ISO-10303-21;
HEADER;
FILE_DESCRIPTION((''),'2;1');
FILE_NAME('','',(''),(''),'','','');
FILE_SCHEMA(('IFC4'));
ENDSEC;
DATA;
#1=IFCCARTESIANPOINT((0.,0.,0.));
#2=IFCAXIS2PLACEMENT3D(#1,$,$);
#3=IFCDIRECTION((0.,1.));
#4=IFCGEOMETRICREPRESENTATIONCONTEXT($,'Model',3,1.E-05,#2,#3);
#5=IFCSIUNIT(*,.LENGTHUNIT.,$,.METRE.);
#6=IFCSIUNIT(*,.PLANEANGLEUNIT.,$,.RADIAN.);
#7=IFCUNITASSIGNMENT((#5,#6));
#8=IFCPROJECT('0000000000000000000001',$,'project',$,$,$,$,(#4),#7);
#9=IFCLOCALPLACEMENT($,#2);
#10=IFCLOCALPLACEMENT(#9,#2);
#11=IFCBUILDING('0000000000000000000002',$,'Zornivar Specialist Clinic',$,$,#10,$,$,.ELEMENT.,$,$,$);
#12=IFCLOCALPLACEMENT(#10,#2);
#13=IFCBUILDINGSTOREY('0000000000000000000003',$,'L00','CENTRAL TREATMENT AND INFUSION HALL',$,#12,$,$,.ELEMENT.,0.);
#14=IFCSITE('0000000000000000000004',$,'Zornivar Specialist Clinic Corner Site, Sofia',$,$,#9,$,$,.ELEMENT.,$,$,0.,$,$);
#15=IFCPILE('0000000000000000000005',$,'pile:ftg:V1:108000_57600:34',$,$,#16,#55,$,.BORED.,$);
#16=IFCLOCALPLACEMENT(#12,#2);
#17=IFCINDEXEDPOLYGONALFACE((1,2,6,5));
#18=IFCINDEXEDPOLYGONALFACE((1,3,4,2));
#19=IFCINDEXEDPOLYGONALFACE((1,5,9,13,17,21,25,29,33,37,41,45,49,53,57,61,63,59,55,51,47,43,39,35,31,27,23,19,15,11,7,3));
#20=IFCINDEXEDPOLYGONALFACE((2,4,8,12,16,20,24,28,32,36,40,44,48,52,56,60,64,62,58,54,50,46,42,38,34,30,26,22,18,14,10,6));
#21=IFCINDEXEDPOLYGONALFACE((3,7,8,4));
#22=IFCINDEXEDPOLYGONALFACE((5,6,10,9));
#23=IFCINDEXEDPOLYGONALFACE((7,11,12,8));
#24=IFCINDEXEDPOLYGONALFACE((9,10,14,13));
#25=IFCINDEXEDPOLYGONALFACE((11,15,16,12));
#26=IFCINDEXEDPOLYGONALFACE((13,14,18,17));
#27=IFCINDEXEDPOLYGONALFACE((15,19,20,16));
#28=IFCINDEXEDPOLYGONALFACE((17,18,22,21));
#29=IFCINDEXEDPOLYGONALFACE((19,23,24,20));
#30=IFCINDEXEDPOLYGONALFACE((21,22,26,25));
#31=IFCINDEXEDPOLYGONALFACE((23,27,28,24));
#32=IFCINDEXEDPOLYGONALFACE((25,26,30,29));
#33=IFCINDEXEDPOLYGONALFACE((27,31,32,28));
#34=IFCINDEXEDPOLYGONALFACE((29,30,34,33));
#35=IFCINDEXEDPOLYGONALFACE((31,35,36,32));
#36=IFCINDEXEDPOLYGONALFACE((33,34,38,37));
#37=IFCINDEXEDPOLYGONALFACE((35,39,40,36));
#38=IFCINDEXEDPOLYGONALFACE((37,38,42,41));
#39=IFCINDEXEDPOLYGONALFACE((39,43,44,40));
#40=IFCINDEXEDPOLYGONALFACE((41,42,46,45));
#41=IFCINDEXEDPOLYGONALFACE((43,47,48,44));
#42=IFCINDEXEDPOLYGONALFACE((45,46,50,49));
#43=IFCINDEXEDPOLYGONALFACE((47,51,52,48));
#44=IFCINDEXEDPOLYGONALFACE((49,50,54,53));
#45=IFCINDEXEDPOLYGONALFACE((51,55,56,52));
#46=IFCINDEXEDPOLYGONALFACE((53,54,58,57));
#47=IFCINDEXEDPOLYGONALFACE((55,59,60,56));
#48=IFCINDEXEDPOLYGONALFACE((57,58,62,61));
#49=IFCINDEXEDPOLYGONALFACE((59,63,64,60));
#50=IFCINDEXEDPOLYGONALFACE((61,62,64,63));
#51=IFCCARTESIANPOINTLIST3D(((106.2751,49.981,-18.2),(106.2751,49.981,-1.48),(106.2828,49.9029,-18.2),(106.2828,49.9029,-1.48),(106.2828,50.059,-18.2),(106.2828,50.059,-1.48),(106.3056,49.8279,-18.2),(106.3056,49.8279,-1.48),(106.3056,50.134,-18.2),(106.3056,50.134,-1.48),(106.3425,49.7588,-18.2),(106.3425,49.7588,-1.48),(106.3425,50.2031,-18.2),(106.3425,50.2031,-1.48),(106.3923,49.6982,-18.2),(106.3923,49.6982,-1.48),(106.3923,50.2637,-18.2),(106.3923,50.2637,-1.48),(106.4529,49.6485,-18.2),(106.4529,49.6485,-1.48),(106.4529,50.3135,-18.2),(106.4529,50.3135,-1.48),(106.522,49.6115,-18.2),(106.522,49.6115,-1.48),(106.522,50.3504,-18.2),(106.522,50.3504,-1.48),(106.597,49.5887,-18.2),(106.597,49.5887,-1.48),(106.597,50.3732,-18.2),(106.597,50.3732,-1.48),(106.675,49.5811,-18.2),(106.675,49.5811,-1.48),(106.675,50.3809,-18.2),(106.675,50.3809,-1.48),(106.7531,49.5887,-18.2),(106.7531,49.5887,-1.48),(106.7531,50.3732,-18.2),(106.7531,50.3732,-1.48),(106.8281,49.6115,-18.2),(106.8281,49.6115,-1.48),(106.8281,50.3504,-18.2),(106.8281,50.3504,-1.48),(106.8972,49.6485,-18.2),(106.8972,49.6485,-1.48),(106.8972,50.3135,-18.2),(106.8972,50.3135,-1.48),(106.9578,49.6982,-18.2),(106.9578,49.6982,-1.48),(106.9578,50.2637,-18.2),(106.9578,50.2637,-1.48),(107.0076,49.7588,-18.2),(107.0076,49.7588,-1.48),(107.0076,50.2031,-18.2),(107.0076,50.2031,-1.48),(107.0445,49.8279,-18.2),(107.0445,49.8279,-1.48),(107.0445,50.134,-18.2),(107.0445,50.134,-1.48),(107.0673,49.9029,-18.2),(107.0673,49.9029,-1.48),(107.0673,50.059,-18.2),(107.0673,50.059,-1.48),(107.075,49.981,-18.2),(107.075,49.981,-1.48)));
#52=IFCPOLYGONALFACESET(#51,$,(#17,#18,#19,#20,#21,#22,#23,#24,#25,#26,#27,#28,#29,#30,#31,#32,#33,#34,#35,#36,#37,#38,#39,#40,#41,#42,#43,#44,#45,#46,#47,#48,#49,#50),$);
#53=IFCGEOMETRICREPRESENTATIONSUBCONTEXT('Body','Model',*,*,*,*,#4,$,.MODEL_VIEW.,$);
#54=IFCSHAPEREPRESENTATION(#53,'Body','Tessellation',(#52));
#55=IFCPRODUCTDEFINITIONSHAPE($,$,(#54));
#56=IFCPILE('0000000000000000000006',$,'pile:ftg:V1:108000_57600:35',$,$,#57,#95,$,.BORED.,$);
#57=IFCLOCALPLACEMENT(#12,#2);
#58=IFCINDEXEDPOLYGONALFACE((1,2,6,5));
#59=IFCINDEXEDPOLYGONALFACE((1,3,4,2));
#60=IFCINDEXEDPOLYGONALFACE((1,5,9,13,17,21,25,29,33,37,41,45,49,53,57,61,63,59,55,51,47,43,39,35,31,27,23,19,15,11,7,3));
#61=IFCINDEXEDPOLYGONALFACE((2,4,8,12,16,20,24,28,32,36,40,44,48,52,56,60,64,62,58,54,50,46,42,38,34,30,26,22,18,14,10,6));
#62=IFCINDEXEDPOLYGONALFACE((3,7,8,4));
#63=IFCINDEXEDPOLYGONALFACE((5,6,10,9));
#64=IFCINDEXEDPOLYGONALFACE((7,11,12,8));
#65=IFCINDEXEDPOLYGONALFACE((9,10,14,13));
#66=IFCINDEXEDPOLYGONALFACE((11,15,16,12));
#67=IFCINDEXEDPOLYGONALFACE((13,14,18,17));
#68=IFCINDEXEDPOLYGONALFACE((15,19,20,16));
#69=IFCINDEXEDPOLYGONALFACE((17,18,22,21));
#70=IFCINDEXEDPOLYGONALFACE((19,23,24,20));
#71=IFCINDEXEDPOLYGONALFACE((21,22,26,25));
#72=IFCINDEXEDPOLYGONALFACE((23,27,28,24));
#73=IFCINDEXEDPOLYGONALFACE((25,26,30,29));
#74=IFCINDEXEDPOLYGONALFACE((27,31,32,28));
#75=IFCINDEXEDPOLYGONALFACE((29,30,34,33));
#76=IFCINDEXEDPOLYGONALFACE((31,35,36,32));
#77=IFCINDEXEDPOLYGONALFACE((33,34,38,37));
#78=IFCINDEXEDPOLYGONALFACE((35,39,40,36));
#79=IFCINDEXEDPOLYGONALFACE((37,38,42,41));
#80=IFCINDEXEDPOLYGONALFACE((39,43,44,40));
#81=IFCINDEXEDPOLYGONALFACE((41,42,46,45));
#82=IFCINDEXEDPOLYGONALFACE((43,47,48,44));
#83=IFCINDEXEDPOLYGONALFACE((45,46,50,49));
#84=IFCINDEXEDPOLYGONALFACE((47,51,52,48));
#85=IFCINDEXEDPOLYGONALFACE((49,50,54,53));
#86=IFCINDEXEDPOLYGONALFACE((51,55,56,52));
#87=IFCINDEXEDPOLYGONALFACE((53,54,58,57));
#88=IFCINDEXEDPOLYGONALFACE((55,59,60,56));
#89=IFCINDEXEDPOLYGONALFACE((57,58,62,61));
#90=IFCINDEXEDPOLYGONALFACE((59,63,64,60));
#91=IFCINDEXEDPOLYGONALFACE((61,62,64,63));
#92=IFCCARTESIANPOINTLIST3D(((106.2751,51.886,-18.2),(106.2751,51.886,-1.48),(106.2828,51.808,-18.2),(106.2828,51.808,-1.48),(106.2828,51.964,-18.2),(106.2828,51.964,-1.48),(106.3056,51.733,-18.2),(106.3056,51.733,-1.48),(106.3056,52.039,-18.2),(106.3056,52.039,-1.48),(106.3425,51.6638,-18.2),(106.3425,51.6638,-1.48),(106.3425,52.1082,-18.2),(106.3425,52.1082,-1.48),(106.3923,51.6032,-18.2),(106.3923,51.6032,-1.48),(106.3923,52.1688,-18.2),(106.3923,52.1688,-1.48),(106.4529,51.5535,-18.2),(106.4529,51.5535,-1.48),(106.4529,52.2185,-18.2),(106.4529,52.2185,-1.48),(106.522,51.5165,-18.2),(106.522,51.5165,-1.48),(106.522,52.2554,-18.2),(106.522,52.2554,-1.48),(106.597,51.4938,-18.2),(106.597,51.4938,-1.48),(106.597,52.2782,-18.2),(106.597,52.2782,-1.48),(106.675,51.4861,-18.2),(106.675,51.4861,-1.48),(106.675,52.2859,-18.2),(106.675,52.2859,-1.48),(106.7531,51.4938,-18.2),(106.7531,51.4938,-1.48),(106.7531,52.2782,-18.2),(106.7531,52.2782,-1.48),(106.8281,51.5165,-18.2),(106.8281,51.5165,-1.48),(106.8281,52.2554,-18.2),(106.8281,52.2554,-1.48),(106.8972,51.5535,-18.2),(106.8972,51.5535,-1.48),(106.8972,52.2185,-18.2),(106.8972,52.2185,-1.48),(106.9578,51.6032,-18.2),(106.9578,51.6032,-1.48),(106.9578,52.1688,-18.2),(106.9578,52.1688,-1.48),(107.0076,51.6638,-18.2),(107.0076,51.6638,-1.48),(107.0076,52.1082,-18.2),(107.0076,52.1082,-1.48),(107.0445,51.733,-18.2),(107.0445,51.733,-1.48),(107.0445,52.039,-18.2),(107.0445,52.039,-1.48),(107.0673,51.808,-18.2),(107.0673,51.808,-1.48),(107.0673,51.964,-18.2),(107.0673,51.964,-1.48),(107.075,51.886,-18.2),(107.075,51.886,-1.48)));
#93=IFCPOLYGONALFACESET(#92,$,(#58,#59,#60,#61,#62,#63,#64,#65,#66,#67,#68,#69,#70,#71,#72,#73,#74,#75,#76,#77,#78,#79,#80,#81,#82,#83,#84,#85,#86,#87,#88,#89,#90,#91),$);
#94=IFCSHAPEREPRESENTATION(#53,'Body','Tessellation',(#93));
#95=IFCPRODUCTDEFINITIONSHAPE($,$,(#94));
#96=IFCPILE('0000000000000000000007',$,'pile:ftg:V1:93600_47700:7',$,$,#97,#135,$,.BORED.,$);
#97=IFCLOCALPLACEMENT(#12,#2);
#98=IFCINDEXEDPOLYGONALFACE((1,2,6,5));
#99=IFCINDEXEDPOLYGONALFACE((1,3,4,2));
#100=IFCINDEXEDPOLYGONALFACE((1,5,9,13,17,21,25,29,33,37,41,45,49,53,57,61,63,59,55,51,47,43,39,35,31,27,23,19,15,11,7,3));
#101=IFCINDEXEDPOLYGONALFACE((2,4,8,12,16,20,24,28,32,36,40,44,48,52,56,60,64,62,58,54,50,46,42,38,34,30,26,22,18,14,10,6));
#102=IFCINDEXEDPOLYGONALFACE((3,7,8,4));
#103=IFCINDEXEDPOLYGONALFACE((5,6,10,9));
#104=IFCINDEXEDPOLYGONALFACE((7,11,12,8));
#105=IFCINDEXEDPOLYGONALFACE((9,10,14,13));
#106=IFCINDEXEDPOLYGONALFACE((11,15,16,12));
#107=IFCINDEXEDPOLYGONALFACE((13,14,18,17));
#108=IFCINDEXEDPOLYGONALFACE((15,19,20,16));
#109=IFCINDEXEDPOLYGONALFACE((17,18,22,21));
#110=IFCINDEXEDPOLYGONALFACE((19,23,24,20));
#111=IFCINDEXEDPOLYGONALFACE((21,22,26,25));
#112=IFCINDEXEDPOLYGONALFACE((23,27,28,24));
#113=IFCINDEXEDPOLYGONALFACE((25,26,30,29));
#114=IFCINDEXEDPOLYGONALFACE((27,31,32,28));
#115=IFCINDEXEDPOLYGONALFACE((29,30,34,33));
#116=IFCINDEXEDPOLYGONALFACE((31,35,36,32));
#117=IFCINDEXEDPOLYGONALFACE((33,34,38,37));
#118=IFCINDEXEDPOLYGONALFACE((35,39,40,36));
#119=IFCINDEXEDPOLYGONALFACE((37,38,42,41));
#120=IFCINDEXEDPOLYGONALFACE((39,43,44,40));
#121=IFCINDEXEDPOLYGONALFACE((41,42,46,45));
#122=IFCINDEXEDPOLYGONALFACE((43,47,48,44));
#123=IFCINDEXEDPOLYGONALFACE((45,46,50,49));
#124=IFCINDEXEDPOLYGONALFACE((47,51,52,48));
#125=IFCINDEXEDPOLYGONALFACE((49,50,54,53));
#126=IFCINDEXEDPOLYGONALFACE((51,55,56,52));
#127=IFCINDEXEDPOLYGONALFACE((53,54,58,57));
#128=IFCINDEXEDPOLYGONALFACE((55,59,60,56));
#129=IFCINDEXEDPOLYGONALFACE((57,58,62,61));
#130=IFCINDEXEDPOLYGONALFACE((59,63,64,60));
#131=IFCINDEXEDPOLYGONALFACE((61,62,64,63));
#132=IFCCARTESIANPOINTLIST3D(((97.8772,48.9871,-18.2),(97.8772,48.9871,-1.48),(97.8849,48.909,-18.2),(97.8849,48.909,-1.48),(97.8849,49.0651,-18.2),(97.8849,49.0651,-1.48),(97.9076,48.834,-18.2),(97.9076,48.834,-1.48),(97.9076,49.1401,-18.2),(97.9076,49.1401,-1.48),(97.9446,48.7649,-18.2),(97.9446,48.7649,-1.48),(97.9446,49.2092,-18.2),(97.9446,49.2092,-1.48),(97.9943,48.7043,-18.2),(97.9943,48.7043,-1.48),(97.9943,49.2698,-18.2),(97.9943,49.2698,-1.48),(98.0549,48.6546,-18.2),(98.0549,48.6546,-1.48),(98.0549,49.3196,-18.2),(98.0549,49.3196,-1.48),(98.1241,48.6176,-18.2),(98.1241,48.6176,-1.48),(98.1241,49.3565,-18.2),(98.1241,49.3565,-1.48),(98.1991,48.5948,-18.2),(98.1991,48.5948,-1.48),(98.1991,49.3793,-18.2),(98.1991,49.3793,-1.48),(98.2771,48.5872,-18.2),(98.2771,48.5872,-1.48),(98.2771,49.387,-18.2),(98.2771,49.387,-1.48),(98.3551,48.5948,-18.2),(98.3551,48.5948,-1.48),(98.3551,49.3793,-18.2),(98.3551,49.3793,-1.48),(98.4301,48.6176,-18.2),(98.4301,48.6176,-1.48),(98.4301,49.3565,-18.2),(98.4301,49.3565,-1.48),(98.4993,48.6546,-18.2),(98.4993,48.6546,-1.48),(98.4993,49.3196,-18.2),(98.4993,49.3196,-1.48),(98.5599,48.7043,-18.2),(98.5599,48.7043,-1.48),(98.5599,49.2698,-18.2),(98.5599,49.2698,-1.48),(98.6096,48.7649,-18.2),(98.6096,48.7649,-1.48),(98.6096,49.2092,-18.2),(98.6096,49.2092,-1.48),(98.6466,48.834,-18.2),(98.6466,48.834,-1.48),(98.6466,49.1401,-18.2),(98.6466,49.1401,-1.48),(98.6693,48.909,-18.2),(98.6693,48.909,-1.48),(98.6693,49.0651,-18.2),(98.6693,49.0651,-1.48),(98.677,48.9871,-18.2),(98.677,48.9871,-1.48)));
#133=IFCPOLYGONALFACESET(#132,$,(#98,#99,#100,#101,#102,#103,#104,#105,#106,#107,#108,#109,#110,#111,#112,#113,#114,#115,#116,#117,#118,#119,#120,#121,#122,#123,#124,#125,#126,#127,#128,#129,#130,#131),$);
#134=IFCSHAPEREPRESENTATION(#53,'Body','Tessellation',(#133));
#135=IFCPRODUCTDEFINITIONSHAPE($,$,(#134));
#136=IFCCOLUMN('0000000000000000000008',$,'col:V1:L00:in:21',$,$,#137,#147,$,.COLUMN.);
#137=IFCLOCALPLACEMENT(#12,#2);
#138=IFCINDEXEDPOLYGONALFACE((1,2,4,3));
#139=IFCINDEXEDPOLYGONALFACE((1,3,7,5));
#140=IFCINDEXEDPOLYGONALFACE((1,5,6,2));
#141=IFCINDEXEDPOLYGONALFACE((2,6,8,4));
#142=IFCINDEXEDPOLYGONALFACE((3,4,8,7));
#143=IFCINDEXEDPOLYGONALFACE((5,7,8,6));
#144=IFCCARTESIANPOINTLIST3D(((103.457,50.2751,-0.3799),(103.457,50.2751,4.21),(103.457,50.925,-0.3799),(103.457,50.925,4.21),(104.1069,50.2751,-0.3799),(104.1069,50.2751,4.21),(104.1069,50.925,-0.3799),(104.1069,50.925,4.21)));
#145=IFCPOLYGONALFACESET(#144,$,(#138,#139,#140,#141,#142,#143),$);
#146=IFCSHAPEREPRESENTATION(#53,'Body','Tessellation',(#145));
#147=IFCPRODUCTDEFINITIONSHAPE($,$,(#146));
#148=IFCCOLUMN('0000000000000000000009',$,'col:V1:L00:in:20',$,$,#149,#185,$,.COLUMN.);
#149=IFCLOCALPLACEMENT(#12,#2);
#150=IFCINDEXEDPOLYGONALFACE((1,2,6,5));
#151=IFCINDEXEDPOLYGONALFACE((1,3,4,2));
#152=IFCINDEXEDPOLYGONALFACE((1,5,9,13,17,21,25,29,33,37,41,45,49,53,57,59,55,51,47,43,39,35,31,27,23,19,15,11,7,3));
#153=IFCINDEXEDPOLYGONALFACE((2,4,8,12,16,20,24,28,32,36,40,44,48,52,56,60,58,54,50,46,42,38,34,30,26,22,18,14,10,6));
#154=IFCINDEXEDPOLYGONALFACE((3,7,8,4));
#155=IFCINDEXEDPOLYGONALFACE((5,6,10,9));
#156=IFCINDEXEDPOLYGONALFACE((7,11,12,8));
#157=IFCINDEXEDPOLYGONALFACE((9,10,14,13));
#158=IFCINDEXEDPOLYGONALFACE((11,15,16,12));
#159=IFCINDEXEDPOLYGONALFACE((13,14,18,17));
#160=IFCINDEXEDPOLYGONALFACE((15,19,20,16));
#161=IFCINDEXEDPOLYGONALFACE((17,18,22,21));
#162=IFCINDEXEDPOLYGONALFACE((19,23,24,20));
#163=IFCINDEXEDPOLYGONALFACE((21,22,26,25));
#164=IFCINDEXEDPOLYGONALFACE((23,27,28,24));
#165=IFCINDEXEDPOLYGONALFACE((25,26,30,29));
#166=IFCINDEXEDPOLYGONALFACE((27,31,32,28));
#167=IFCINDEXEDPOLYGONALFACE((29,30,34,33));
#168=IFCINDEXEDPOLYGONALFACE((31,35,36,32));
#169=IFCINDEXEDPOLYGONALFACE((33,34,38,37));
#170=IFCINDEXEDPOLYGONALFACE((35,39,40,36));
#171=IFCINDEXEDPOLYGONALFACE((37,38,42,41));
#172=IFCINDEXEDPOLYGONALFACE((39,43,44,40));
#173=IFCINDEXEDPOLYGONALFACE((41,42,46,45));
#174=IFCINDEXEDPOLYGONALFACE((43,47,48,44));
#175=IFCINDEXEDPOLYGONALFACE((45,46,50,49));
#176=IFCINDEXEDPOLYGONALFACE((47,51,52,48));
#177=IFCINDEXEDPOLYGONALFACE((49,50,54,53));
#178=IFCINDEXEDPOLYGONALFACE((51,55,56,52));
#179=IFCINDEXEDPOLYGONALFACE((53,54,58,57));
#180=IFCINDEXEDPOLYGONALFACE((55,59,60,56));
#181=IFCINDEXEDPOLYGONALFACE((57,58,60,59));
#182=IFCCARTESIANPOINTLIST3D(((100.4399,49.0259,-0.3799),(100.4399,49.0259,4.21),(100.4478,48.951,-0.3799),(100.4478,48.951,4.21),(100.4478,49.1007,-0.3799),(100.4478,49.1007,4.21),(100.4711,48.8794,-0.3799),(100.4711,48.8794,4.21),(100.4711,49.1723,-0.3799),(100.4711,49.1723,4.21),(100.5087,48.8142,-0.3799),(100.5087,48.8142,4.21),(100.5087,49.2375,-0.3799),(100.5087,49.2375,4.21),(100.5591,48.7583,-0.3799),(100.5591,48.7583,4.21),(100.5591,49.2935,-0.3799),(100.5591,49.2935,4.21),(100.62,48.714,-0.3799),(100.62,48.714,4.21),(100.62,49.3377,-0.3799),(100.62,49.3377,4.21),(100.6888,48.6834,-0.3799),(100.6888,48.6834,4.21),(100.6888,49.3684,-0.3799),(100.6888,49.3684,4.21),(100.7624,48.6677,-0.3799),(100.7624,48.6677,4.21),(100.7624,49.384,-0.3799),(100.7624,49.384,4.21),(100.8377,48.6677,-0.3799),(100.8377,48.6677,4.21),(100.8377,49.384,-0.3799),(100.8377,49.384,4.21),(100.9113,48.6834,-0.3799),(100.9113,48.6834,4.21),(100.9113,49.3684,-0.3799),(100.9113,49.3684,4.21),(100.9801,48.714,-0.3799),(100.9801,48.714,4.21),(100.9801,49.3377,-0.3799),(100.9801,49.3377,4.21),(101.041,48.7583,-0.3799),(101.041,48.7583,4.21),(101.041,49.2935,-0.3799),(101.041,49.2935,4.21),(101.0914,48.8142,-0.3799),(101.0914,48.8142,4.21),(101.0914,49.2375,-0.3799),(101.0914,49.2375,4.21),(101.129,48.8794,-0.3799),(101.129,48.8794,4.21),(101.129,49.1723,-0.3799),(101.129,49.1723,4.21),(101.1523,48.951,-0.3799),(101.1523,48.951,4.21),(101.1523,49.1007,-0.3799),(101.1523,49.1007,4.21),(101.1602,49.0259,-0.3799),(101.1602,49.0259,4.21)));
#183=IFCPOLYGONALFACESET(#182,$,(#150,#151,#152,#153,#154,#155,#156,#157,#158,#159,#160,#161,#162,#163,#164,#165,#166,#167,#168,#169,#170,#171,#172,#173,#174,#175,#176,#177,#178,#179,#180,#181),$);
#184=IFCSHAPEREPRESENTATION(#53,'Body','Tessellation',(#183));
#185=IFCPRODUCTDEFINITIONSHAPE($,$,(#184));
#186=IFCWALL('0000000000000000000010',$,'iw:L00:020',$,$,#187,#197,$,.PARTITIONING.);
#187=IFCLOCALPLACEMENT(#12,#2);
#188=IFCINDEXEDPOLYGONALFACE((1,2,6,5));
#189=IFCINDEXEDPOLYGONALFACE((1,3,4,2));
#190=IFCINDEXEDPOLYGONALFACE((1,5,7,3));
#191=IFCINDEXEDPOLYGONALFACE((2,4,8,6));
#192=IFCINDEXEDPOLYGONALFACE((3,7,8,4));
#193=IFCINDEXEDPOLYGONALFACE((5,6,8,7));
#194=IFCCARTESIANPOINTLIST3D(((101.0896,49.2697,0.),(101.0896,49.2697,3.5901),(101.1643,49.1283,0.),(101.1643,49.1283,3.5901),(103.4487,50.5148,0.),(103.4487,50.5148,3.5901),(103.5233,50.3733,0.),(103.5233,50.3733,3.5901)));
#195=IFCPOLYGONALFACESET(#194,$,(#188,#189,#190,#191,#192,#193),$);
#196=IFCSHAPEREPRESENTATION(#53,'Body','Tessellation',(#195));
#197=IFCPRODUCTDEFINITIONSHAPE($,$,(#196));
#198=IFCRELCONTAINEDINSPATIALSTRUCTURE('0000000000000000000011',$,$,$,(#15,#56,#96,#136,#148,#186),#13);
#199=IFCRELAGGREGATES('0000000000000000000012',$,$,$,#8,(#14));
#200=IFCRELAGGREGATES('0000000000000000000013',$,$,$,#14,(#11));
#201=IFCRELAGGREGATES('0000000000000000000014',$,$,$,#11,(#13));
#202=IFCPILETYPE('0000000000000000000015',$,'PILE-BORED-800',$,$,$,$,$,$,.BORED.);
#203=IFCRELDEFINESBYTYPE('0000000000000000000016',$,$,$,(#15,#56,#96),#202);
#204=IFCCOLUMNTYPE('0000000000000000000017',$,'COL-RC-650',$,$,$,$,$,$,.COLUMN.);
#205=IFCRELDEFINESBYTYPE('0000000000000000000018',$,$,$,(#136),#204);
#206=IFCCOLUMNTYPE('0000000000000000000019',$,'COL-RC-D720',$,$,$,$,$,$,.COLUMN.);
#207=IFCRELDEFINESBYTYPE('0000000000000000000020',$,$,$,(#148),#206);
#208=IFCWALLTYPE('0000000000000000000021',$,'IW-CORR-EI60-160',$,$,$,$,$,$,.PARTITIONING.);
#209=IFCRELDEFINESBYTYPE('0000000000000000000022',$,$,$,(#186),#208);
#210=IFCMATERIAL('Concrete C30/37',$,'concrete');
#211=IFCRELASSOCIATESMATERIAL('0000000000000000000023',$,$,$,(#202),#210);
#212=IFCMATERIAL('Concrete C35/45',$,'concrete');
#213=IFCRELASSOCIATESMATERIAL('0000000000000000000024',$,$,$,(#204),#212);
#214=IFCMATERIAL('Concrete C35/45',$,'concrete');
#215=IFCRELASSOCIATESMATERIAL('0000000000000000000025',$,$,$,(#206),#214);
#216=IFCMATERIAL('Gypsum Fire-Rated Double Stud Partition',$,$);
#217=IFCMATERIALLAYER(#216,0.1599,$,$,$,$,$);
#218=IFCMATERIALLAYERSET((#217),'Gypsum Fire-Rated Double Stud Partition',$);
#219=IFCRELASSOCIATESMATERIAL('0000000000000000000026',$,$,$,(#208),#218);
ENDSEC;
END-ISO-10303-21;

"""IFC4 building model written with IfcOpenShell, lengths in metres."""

from ifc_helpers import new_model, si_unit, direction, frame, frame_2d, origin, origin_2d, place, context, subcontext, project, spatial, rectangle, circle, extrude, material, layer, layer_set, material_profile, profile_set, type_object, element, save


model = new_model("IFC4")

# Units and contexts
model_context = context("Model", 3, precision=1e-05, world=origin(), true_north=direction((0.0, 1.0)))
body_context = subcontext(model_context, "Body", "Model", "MODEL_VIEW")
ifc_project = project(units=[si_unit("LENGTHUNIT", "METRE"), si_unit("PLANEANGLEUNIT", "RADIAN")], contexts=[model_context])

# Site, building, storey
site_placement = place(None, origin())
site = spatial("IfcSite", under=ifc_project, at=site_placement, Name="Zornivar Specialist Clinic Corner Site, Sofia", CompositionType="ELEMENT", RefElevation=0.0)
building_placement = place(site_placement, origin())
building = spatial("IfcBuilding", under=site, at=building_placement, Name="Zornivar Specialist Clinic", CompositionType="ELEMENT")
storey_placement = place(building_placement, origin())
storey = spatial("IfcBuildingStorey", under=building, at=storey_placement, Name="L00", Description="CENTRAL TREATMENT AND INFUSION HALL", CompositionType="ELEMENT", Elevation=0.0)

# Piles
ifc_material_1 = material(Name="Concrete C30/37", Category="concrete")
ifc_material_profile_1 = material_profile(ifc_material_1, circle(Radius=0.3999, at=origin_2d()), Name="PILE D800")
ifc_profile_set_1 = profile_set([ifc_material_profile_1], Name="Concrete C30/37")
pile_type = type_object("IfcPileType", Name="PILE-BORED-800", PredefinedType="BORED", material=ifc_profile_set_1)
for number, where, z_axis, x_axis, name in (
    (1, (106.675, 49.981, -1.48), (0.0, 0.0, -1.0), (1.0, 0.0, 0.0), "pile:ftg:V1:108000_57600:34"),
    (2, (106.675, 51.886, -1.48), (0.0, 0.0, -1.0), (1.0, 0.0, 0.0), "pile:ftg:V1:108000_57600:35"),
    (3, (98.2771, 48.9871, -1.48), (0.0, 0.0, -1.0), (1.0, 0.0, 0.0), "pile:ftg:V1:93600_47700:7"),
):
    element("IfcPile", number, at=place(storey_placement, frame(where, z_axis=z_axis, x_axis=x_axis)), inside=storey, type_object=pile_type, Name=name, PredefinedType="BORED", context=body_context, shape_type="SweptSolid", body=[
        extrude(circle(Radius=0.3999, at=origin_2d()), origin(), (0.0, 0.0, 1.0), 16.72),
    ])

# Columns
ifc_material_2 = material(Name="Concrete C35/45", Category="concrete")
ifc_material_profile_2 = material_profile(ifc_material_2, rectangle(XDim=0.6499, YDim=0.6499, at=origin_2d()), Name="RC 650x650")
ifc_profile_set_2 = profile_set([ifc_material_profile_2], Name="Concrete C35/45")
column_type_1 = type_object("IfcColumnType", Name="COL-RC-650", PredefinedType="COLUMN", material=ifc_profile_set_2)
column_1_placement = place(storey_placement, frame((103.782, 50.6001, -0.3799), z_axis=(0.0, 0.0, 1.0), x_axis=(1.0, 0.0, 0.0)))
element("IfcColumn", 4, at=column_1_placement, inside=storey, type_object=column_type_1, Name="col:V1:L00:in:21", PredefinedType="COLUMN", context=body_context, shape_type="SweptSolid", body=[
    extrude(rectangle(XDim=0.6499, YDim=0.6499, at=origin_2d()), origin(), (0.0, 0.0, 1.0), 4.5898),
])
ifc_material_3 = material(Name="Concrete C35/45", Category="concrete")
ifc_material_profile_3 = material_profile(ifc_material_3, circle(Radius=0.3601, at=origin_2d()), Name="RC D720")
ifc_profile_set_3 = profile_set([ifc_material_profile_3], Name="Concrete C35/45")
column_type_2 = type_object("IfcColumnType", Name="COL-RC-D720", PredefinedType="COLUMN", material=ifc_profile_set_3)
column_2_placement = place(storey_placement, frame((100.8, 49.0259, -0.3799), z_axis=(0.0, 0.0, 1.0), x_axis=(1.0, 0.0, 0.0)))
element("IfcColumn", 5, at=column_2_placement, inside=storey, type_object=column_type_2, Name="col:V1:L00:in:20", PredefinedType="COLUMN", context=body_context, shape_type="SweptSolid", body=[
    extrude(circle(Radius=0.3601, at=origin_2d()), origin(), (0.0, 0.0, 1.0), 4.5898),
])

# Wall
ifc_material_4 = material(Name="Gypsum Fire-Rated Double Stud Partition")
ifc_layer = layer(ifc_material_4, 0.1599)
ifc_layer_set = layer_set([ifc_layer], Name="Gypsum Fire-Rated Double Stud Partition")
wall_type = type_object("IfcWallType", Name="IW-CORR-EI60-160", PredefinedType="PARTITIONING", material=ifc_layer_set)
wall_1_placement = place(storey_placement, frame((101.127, 49.199, 0.0), z_axis=(0.0, 0.0, 1.0), x_axis=(0.884382, 0.466765, 0.0)))
element("IfcWall", 6, at=wall_1_placement, inside=storey, type_object=wall_type, Name="iw:L00:020", PredefinedType="PARTITIONING", context=body_context, shape_type="SweptSolid", body=[
    extrude(rectangle(XDim=2.6675, YDim=0.1599, at=frame_2d((1.3337, 0.0))), origin(), (0.0, 0.0, 1.0), 3.5901),
])

save(model, "model.ifc")
